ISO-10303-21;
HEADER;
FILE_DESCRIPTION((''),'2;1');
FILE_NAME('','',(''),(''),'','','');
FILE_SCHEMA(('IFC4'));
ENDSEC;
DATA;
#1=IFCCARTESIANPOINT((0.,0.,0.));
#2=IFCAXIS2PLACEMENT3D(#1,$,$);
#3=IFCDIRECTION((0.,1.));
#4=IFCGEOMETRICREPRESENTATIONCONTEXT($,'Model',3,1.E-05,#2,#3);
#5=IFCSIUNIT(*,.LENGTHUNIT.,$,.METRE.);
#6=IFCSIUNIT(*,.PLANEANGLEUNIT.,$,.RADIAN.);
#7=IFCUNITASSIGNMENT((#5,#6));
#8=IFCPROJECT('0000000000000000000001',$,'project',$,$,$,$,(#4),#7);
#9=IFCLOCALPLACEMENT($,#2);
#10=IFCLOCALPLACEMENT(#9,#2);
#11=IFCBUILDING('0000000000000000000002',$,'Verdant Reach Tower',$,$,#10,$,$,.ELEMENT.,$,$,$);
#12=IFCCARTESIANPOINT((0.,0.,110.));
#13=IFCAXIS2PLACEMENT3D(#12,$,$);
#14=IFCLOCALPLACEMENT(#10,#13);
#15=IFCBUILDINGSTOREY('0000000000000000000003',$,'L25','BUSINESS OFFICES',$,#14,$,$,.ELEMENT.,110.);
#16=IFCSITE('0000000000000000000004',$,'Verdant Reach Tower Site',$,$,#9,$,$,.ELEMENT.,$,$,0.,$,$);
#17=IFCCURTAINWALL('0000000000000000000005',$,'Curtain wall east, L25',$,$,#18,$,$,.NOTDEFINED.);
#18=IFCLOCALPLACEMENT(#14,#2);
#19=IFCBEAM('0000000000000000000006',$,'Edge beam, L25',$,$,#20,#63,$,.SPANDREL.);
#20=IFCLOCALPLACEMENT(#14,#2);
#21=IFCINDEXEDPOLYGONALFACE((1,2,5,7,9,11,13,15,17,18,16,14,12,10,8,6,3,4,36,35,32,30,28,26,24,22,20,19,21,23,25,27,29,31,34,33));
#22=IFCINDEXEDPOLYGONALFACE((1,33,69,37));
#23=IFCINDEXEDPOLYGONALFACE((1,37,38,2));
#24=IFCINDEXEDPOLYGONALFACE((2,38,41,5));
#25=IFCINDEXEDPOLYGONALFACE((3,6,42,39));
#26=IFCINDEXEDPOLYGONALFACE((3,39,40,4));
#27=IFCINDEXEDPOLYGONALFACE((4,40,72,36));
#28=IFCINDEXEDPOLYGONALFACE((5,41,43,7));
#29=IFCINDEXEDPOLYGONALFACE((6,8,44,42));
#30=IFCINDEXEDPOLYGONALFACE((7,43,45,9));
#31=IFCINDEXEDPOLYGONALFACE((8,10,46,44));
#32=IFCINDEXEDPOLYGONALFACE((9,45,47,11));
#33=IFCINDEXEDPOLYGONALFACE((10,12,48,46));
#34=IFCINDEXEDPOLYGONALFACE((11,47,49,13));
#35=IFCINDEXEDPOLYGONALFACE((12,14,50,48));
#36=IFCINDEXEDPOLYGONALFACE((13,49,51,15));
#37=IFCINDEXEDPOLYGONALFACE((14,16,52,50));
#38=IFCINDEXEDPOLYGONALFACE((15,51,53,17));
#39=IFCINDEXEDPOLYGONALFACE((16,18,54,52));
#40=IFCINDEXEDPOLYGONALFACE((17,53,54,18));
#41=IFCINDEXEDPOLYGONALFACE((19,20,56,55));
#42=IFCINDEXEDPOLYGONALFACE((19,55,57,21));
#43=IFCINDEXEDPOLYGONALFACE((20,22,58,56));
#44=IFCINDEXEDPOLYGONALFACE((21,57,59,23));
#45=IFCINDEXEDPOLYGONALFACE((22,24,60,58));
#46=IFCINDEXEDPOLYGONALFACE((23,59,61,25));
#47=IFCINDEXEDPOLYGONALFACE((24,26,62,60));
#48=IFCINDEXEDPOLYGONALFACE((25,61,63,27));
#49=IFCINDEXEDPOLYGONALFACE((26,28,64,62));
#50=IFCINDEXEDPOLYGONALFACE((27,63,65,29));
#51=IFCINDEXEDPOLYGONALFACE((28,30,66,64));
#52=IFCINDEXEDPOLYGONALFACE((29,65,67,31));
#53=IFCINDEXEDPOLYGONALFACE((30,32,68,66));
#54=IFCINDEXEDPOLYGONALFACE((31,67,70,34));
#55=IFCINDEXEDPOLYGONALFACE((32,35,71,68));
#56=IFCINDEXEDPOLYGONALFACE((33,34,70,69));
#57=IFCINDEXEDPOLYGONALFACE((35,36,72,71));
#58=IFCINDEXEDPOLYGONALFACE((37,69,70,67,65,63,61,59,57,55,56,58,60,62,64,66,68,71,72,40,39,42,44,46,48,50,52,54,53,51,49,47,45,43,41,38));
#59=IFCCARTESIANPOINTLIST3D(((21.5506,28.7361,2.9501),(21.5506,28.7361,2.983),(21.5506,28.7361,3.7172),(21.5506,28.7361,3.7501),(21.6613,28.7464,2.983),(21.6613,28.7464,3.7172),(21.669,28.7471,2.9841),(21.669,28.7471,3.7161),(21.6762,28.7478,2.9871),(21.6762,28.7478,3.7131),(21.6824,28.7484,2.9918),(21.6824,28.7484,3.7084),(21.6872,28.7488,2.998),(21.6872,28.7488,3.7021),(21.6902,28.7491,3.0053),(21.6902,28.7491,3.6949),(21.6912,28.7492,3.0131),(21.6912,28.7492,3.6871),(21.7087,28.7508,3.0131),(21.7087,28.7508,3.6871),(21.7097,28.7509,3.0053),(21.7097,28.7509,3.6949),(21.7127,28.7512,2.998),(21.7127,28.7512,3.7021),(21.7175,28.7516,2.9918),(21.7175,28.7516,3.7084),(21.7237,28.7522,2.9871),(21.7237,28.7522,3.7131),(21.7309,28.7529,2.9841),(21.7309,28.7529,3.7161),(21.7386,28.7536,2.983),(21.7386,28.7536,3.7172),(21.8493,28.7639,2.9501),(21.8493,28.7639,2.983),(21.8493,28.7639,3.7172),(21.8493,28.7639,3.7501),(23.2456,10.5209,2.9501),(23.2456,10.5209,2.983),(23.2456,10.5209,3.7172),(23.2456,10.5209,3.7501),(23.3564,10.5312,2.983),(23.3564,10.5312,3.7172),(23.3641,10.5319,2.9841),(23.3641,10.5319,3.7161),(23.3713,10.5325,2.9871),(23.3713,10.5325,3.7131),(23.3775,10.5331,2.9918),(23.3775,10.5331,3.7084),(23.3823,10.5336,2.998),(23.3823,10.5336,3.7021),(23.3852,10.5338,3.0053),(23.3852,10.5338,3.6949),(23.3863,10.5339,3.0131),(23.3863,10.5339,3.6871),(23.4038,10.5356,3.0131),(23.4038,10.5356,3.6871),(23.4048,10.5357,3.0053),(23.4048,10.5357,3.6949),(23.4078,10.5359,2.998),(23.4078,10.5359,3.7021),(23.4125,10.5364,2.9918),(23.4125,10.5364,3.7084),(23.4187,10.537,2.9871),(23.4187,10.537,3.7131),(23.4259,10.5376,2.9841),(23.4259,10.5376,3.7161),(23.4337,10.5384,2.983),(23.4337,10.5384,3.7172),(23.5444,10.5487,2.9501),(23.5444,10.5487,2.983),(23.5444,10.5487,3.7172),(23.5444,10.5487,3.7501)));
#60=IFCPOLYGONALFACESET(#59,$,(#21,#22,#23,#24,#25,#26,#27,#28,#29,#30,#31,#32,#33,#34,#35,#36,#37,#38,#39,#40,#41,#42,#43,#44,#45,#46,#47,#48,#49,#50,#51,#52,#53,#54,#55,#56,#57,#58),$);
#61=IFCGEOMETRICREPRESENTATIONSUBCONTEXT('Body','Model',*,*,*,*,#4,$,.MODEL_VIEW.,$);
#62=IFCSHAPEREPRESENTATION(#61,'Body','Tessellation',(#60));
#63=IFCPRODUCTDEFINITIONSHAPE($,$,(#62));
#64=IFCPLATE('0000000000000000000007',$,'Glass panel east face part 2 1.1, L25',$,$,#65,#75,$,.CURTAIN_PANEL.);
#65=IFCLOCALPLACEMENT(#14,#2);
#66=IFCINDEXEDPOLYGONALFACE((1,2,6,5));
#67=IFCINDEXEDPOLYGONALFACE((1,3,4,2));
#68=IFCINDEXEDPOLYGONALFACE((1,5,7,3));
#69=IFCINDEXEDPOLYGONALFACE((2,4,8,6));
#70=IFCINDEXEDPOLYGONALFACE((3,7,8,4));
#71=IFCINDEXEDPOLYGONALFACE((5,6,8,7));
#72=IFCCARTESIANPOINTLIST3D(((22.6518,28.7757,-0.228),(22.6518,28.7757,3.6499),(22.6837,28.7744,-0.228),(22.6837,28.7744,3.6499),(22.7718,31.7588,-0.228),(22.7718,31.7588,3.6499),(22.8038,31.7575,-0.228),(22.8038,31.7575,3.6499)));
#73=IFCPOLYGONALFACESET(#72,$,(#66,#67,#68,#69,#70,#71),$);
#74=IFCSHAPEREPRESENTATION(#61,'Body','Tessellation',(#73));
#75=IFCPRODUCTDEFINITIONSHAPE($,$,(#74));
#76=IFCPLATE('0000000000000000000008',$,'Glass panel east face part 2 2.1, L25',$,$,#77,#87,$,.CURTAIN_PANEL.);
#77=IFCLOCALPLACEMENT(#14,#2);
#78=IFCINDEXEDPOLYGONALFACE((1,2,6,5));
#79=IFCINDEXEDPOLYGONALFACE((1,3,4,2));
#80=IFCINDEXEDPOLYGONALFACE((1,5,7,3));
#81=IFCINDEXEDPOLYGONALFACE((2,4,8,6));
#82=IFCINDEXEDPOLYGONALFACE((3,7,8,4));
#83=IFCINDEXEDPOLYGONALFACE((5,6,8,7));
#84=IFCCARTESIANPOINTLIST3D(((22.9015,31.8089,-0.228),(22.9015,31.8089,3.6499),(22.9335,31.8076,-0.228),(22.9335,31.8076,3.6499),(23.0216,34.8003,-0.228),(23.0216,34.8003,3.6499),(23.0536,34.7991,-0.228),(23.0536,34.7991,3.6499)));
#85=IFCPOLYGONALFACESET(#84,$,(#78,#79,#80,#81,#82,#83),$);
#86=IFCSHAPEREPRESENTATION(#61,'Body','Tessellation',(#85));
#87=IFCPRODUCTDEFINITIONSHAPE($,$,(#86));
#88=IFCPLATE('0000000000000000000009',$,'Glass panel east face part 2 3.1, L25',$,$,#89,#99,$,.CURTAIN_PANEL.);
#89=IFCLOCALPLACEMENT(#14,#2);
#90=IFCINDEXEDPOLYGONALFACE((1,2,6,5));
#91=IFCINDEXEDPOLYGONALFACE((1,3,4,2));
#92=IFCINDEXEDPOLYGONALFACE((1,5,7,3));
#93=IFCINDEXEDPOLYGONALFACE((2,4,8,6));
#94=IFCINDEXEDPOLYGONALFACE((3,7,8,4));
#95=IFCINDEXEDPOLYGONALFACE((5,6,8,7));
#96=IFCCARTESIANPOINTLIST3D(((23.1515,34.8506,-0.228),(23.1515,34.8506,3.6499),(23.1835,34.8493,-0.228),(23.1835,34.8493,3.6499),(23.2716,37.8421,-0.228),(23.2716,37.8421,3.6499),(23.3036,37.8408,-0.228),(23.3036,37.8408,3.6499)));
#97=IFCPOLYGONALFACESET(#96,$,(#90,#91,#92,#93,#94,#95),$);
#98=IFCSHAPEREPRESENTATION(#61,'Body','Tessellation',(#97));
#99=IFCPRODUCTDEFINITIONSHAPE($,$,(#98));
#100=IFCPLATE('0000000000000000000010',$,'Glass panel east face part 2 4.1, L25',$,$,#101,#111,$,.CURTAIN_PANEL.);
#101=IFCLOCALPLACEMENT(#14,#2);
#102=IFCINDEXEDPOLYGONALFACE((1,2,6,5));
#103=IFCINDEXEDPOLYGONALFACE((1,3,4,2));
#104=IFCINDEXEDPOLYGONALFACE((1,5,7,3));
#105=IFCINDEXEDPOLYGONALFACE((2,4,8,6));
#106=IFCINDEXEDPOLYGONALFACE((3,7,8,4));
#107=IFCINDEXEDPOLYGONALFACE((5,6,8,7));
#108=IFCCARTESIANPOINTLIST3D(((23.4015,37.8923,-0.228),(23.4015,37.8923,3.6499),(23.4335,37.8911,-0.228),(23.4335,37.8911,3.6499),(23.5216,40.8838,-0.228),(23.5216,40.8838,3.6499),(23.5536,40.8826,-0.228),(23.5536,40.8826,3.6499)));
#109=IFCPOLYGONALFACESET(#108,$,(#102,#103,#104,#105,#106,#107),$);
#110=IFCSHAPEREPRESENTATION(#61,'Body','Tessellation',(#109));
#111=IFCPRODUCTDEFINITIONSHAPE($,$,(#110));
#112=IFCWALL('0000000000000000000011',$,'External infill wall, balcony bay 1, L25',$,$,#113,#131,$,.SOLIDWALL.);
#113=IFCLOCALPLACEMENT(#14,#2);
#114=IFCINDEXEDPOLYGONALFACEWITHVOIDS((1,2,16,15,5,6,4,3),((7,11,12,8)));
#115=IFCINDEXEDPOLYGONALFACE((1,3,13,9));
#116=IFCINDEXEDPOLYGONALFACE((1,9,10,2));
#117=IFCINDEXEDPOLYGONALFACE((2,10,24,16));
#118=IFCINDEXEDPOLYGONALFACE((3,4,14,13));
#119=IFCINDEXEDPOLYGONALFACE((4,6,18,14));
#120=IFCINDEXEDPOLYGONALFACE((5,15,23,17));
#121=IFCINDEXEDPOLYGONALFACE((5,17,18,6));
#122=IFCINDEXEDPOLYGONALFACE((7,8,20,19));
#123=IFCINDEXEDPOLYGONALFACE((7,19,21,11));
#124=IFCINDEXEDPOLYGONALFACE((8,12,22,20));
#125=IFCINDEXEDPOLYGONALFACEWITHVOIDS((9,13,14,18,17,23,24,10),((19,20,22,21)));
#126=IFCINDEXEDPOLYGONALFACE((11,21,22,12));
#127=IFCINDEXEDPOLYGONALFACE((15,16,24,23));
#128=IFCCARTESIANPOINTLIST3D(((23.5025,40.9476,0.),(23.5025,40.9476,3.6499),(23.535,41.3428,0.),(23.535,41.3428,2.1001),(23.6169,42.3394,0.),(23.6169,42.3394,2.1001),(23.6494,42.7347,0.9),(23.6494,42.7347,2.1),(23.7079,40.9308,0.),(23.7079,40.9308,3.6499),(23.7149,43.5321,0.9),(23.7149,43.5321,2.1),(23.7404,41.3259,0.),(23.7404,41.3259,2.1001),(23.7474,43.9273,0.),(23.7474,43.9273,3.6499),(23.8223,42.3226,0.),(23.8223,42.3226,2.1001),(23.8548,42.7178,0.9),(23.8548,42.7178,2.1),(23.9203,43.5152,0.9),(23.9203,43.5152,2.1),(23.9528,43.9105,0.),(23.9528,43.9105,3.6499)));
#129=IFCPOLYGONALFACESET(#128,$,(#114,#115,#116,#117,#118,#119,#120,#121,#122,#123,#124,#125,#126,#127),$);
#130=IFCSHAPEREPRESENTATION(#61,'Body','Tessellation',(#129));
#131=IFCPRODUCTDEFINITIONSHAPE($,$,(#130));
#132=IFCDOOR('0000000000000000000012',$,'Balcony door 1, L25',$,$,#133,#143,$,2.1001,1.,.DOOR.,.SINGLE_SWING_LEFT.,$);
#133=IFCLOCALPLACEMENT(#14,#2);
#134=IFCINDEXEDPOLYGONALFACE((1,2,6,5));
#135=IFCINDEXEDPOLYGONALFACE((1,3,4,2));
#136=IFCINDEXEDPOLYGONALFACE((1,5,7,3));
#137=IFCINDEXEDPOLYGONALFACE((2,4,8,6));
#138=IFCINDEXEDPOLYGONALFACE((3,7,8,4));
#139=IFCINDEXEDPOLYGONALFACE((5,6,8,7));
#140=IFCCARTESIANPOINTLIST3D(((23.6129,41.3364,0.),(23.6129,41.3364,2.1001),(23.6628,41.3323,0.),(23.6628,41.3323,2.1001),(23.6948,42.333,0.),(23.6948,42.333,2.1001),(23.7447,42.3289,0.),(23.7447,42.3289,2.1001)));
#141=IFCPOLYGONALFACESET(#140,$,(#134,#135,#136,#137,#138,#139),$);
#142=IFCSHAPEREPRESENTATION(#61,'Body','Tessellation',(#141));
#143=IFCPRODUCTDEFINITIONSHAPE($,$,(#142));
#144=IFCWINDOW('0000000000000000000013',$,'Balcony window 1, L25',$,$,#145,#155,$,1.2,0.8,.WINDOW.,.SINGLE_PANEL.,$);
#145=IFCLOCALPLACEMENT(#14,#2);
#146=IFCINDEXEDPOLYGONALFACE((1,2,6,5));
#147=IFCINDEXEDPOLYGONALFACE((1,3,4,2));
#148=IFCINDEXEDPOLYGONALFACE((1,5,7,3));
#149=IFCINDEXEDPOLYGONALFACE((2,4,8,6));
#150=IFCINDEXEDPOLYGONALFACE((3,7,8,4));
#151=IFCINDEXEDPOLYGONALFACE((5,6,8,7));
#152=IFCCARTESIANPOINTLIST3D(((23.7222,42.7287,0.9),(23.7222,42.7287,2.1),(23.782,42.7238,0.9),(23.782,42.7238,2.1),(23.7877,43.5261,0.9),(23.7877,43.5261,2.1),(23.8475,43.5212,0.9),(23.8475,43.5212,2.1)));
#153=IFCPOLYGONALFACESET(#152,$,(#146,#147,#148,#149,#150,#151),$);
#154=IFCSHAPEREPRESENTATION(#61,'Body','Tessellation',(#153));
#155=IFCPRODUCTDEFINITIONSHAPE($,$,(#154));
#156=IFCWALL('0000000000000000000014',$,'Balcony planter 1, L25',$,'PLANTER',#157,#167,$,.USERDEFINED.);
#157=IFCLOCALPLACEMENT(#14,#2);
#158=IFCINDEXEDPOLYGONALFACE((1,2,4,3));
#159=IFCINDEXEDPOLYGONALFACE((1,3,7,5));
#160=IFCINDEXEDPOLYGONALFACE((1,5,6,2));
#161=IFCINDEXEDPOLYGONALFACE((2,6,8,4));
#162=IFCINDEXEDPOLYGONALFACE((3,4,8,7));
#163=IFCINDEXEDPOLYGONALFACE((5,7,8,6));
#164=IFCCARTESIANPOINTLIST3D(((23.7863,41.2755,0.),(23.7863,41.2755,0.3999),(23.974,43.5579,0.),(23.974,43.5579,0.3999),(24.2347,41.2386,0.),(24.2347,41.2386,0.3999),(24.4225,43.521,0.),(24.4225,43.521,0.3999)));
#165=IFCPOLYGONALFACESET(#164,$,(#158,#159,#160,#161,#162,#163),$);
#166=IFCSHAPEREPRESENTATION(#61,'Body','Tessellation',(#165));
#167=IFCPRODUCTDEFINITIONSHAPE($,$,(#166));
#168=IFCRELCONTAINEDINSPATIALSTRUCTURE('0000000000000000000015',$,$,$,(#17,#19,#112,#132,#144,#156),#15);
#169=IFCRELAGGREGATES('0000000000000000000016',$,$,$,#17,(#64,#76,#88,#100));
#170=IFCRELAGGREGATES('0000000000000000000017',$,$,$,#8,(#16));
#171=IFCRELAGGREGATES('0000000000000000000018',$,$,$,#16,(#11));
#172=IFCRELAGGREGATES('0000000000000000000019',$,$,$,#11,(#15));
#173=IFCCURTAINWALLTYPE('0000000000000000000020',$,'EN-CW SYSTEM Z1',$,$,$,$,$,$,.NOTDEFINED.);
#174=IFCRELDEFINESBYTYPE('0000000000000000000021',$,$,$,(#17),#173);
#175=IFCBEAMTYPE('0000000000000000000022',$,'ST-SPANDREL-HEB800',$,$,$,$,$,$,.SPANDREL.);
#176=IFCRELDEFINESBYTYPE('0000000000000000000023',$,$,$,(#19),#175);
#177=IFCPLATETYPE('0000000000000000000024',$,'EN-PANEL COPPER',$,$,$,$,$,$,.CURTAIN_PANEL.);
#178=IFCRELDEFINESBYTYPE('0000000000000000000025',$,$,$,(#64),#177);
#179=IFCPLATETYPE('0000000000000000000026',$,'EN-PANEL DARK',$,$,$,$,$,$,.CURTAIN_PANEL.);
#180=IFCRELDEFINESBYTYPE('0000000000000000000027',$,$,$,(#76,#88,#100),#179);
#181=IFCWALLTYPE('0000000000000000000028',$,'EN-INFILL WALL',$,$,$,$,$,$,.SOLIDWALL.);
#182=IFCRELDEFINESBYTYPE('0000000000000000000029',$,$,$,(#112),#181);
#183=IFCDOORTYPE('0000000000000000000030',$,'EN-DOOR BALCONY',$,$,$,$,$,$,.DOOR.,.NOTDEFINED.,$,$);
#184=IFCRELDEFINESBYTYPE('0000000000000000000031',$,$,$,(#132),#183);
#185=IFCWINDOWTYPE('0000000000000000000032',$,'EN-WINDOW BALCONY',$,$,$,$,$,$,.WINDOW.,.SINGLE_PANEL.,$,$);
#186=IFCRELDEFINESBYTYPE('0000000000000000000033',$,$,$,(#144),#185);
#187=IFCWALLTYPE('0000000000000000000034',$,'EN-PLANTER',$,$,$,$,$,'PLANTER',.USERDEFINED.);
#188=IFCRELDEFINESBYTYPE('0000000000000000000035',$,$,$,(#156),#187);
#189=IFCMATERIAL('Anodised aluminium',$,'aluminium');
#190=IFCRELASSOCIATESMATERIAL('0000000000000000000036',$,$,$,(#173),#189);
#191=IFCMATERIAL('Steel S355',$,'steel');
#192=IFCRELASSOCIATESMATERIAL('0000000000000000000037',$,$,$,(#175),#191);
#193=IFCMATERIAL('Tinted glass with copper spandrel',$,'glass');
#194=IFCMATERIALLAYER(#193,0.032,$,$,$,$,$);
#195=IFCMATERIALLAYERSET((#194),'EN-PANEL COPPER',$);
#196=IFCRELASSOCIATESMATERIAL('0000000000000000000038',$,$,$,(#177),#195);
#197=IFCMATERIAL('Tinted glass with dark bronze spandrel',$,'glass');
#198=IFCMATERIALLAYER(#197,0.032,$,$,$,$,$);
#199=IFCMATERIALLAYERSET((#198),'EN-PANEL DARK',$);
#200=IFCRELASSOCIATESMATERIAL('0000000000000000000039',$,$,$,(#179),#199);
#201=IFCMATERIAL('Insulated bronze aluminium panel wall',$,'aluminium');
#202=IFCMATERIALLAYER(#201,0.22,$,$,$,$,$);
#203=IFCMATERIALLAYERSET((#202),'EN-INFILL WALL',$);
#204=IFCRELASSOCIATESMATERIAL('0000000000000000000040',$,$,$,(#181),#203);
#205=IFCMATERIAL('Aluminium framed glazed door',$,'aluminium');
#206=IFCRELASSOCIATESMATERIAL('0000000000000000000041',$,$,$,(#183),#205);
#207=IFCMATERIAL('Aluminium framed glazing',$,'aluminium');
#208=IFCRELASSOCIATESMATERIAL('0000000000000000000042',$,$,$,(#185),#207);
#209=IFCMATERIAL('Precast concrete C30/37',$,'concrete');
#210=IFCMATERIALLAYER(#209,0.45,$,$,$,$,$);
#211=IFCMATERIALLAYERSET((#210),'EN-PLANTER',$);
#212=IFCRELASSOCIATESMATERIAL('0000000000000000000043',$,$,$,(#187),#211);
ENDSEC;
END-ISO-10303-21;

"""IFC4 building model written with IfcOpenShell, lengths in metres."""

from ifc_helpers import new_model, si_unit, direction, frame, frame_2d, origin, origin_2d, place, context, subcontext, project, spatial, rectangle, i_section, extrude, material, layer, layer_set, material_profile, profile_set, type_object, element, fill, aggregate, save


model = new_model("IFC4")

# Units and contexts
model_context = context("Model", 3, precision=1e-05, world=origin(), true_north=direction((0.0, 1.0)))
body_context = subcontext(model_context, "Body", "Model", "MODEL_VIEW")
ifc_project = project(units=[si_unit("LENGTHUNIT", "METRE"), si_unit("PLANEANGLEUNIT", "RADIAN")], contexts=[model_context])

# Site, building, storey
site_placement = place(None, origin())
site = spatial("IfcSite", under=ifc_project, at=site_placement, Name="Verdant Reach Tower Site", CompositionType="ELEMENT", RefElevation=0.0)
building_placement = place(site_placement, origin())
building = spatial("IfcBuilding", under=site, at=building_placement, Name="Verdant Reach Tower", CompositionType="ELEMENT")
storey_placement = place(building_placement, frame((0.0, 0.0, 110.0)))
storey = spatial("IfcBuildingStorey", under=building, at=storey_placement, Name="L25", Description="BUSINESS OFFICES", CompositionType="ELEMENT", Elevation=110.0)

# Curtain wall
ifc_material_1 = material(Name="Anodised aluminium", Category="aluminium")
curtain_wall_type = type_object("IfcCurtainWallType", Name="EN-CW SYSTEM Z1", PredefinedType="NOTDEFINED", material=ifc_material_1)
curtain_wall_placement = place(storey_placement, origin())
curtain_wall = element("IfcCurtainWall", 1, at=curtain_wall_placement, inside=storey, type_object=curtain_wall_type, Name="Curtain wall east, L25", PredefinedType="NOTDEFINED")

# Beam
ifc_material_2 = material(Name="Steel S355", Category="steel")
ifc_material_profile_1 = material_profile(ifc_material_2, i_section(OverallWidth=0.3, OverallDepth=0.8, WebThickness=0.0176, FlangeThickness=0.033, FilletRadius=0.03, at=origin_2d()), Name="HEB 800")
ifc_profile_set_1 = profile_set([ifc_material_profile_1], Name="Steel S355")
beam_type_1 = type_object("IfcBeamType", Name="ST-SPANDREL-HEB800", PredefinedType="SPANDREL", material=ifc_profile_set_1)
beam_1_placement = place(storey_placement, frame((21.7, 28.75, 3.3501), z_axis=(0.092657, -0.995698, 0.0), x_axis=(0.995698, 0.092657, 0.0)))
element("IfcBeam", 2, at=beam_1_placement, inside=storey, type_object=beam_type_1, Name="Edge beam, L25", PredefinedType="SPANDREL", context=body_context, shape_type="SweptSolid", body=[
    extrude(i_section(OverallWidth=0.3, OverallDepth=0.8, WebThickness=0.0176, FlangeThickness=0.033, FilletRadius=0.03, at=origin_2d()), origin(), (0.0, 0.0, 1.0), 18.2939),
])

# Plates
ifc_material_3 = material(Name="Tinted glass with copper spandrel", Category="glass")
ifc_layer_1 = layer(ifc_material_3, 0.032)
ifc_layer_set_1 = layer_set([ifc_layer_1], Name="EN-PANEL COPPER")
plate_type_1 = type_object("IfcPlateType", Name="EN-PANEL COPPER", PredefinedType="CURTAIN_PANEL", material=ifc_layer_set_1)
plate_1_placement = place(storey_placement, frame((22.7278, 30.2666, -0.228), z_axis=(0.0, 0.0, 1.0), x_axis=(0.040222, 0.999191, 0.0)))
plate_1 = element("IfcPlate", 3, at=plate_1_placement, type_object=plate_type_1, Name="Glass panel east face part 2 1.1, L25", PredefinedType="CURTAIN_PANEL", context=body_context, shape_type="SweptSolid", body=[
    extrude(rectangle(XDim=2.9856, YDim=0.032, at=origin_2d()), origin(), (0.0, 0.0, 1.0), 3.8779),
])
ifc_material_4 = material(Name="Tinted glass with dark bronze spandrel", Category="glass")
ifc_layer_2 = layer(ifc_material_4, 0.032)
ifc_layer_set_2 = layer_set([ifc_layer_2], Name="EN-PANEL DARK")
plate_type_2 = type_object("IfcPlateType", Name="EN-PANEL DARK", PredefinedType="CURTAIN_PANEL", material=ifc_layer_set_2)
plate_2_placement = place(storey_placement, frame((22.9775, 33.304, -0.228), z_axis=(0.0, 0.0, 1.0), x_axis=(0.040109, 0.999195, 0.0)))
plate_2 = element("IfcPlate", 4, at=plate_2_placement, type_object=plate_type_2, Name="Glass panel east face part 2 2.1, L25", PredefinedType="CURTAIN_PANEL", context=body_context, shape_type="SweptSolid", body=[
    extrude(rectangle(XDim=2.9939, YDim=0.032, at=origin_2d()), origin(), (0.0, 0.0, 1.0), 3.8779),
])
plate_3_placement = place(storey_placement, frame((23.2275, 36.3457, -0.228), z_axis=(0.0, 0.0, 1.0), x_axis=(0.040109, 0.999195, 0.0)))
plate_3 = element("IfcPlate", 5, at=plate_3_placement, type_object=plate_type_2, Name="Glass panel east face part 2 3.1, L25", PredefinedType="CURTAIN_PANEL", context=body_context, shape_type="SweptSolid", body=[
    extrude(rectangle(XDim=2.9939, YDim=0.032, at=origin_2d()), origin(), (0.0, 0.0, 1.0), 3.8779),
])
plate_4_placement = place(storey_placement, frame((23.4775, 39.3875, -0.228), z_axis=(0.0, 0.0, 1.0), x_axis=(0.040109, 0.999195, 0.0)))
plate_4 = element("IfcPlate", 6, at=plate_4_placement, type_object=plate_type_2, Name="Glass panel east face part 2 4.1, L25", PredefinedType="CURTAIN_PANEL", context=body_context, shape_type="SweptSolid", body=[
    extrude(rectangle(XDim=2.9939, YDim=0.032, at=origin_2d()), origin(), (0.0, 0.0, 1.0), 3.8779),
])
aggregate(curtain_wall, [plate_1, plate_2, plate_3, plate_4])

# Wall, openings, door, window
ifc_material_5 = material(Name="Insulated bronze aluminium panel wall", Category="aluminium")
ifc_layer_3 = layer(ifc_material_5, 0.22)
ifc_layer_set_3 = layer_set([ifc_layer_3], Name="EN-INFILL WALL")
wall_type_1 = type_object("IfcWallType", Name="EN-INFILL WALL", PredefinedType="SOLIDWALL", material=ifc_layer_set_3)
wall_1_placement = place(storey_placement, frame((23.6052, 40.9392, 0.0), z_axis=(0.0, 0.0, 1.0), x_axis=(0.081903, 0.99664, 0.0)))
wall_1 = element("IfcWall", 7, at=wall_1_placement, inside=storey, type_object=wall_type_1, Name="External infill wall, balcony bay 1, L25", PredefinedType="SOLIDWALL", context=body_context, shape_type="SweptSolid", body=[
    extrude(rectangle(XDim=2.9897, YDim=0.2061, at=frame_2d((1.4949, 0.0))), origin(), (0.0, 0.0, 1.0), 3.6499),
])
opening_1_placement = place(wall_1_placement, frame((0.3965, 0.0, 0.0)))
opening_1 = element("IfcOpeningElement", 8, at=opening_1_placement, cuts=wall_1, PredefinedType="OPENING", context=body_context, shape_type="SweptSolid", body=[
    extrude(rectangle(XDim=1.0, YDim=2.1001, at=frame_2d((0.5, 1.05))), frame((0.0, 0.113, 0.0), z_axis=(0.0, -1.0, 0.0), x_axis=(1.0, 0.0, 0.0)), (0.0, 0.0, 1.0), 0.2261),
])
opening_2_placement = place(wall_1_placement, frame((1.7932, 0.0, 0.8999)))
opening_2 = element("IfcOpeningElement", 9, at=opening_2_placement, cuts=wall_1, PredefinedType="OPENING", context=body_context, shape_type="SweptSolid", body=[
    extrude(rectangle(XDim=0.8, YDim=1.2, at=frame_2d((0.3999, 0.6001))), frame((0.0, 0.113, 0.0), z_axis=(0.0, -1.0, 0.0), x_axis=(1.0, 0.0, 0.0)), (0.0, 0.0, 1.0), 0.2261),
])
ifc_material_6 = material(Name="Aluminium framed glazed door", Category="aluminium")
door_type_1 = type_object("IfcDoorType", Name="EN-DOOR BALCONY", OperationType="NOTDEFINED", PredefinedType="DOOR", material=ifc_material_6)
door_1_placement = place(opening_1_placement, origin())
door_1 = element("IfcDoor", 10, at=door_1_placement, inside=storey, type_object=door_type_1, Name="Balcony door 1, L25", OperationType="SINGLE_SWING_LEFT", OverallHeight=2.1001, OverallWidth=1.0, PredefinedType="DOOR", context=body_context, shape_type="SweptSolid", body=[
    extrude(rectangle(XDim=1.0, YDim=2.1001, at=frame_2d((0.5, 1.05))), frame((0.0, 0.0249, 0.0), z_axis=(0.0, -1.0, 0.0), x_axis=(1.0, 0.0, 0.0)), (0.0, 0.0, 1.0), 0.05),
])
fill(opening_1, door_1)
ifc_material_7 = material(Name="Aluminium framed glazing", Category="aluminium")
window_type = type_object("IfcWindowType", Name="EN-WINDOW BALCONY", PartitioningType="SINGLE_PANEL", PredefinedType="WINDOW", material=ifc_material_7)
window_placement = place(opening_2_placement, origin())
window = element("IfcWindow", 11, at=window_placement, inside=storey, type_object=window_type, Name="Balcony window 1, L25", OverallHeight=1.2, OverallWidth=0.8, PartitioningType="SINGLE_PANEL", PredefinedType="WINDOW", context=body_context, shape_type="SweptSolid", body=[
    extrude(rectangle(XDim=0.8, YDim=1.2, at=frame_2d((0.3999, 0.6001))), frame((0.0, 0.03, 0.0), z_axis=(0.0, -1.0, 0.0), x_axis=(1.0, 0.0, 0.0)), (0.0, 0.0, 1.0), 0.0601),
])
fill(opening_2, window)

# Wall
ifc_material_8 = material(Name="Precast concrete C30/37", Category="concrete")
ifc_layer_4 = layer(ifc_material_8, 0.45)
ifc_layer_set_4 = layer_set([ifc_layer_4], Name="EN-PLANTER")
wall_type_2 = type_object("IfcWallType", Name="EN-PLANTER", ElementType="PLANTER", PredefinedType="USERDEFINED", material=ifc_layer_set_4)
wall_2_placement = place(storey_placement, frame((24.0105, 41.2571, 0.0), z_axis=(0.0, 0.0, 1.0), x_axis=(0.081987, 0.996633, 0.0)))
element("IfcWall", 12, at=wall_2_placement, inside=storey, type_object=wall_type_2, Name="Balcony planter 1, L25", ObjectType="PLANTER", PredefinedType="USERDEFINED", context=body_context, shape_type="SweptSolid", body=[
    extrude(rectangle(XDim=2.29, YDim=0.45, at=frame_2d((1.145, 0.0))), origin(), (0.0, 0.0, 1.0), 0.3999),
])

save(model, "model.ifc")
